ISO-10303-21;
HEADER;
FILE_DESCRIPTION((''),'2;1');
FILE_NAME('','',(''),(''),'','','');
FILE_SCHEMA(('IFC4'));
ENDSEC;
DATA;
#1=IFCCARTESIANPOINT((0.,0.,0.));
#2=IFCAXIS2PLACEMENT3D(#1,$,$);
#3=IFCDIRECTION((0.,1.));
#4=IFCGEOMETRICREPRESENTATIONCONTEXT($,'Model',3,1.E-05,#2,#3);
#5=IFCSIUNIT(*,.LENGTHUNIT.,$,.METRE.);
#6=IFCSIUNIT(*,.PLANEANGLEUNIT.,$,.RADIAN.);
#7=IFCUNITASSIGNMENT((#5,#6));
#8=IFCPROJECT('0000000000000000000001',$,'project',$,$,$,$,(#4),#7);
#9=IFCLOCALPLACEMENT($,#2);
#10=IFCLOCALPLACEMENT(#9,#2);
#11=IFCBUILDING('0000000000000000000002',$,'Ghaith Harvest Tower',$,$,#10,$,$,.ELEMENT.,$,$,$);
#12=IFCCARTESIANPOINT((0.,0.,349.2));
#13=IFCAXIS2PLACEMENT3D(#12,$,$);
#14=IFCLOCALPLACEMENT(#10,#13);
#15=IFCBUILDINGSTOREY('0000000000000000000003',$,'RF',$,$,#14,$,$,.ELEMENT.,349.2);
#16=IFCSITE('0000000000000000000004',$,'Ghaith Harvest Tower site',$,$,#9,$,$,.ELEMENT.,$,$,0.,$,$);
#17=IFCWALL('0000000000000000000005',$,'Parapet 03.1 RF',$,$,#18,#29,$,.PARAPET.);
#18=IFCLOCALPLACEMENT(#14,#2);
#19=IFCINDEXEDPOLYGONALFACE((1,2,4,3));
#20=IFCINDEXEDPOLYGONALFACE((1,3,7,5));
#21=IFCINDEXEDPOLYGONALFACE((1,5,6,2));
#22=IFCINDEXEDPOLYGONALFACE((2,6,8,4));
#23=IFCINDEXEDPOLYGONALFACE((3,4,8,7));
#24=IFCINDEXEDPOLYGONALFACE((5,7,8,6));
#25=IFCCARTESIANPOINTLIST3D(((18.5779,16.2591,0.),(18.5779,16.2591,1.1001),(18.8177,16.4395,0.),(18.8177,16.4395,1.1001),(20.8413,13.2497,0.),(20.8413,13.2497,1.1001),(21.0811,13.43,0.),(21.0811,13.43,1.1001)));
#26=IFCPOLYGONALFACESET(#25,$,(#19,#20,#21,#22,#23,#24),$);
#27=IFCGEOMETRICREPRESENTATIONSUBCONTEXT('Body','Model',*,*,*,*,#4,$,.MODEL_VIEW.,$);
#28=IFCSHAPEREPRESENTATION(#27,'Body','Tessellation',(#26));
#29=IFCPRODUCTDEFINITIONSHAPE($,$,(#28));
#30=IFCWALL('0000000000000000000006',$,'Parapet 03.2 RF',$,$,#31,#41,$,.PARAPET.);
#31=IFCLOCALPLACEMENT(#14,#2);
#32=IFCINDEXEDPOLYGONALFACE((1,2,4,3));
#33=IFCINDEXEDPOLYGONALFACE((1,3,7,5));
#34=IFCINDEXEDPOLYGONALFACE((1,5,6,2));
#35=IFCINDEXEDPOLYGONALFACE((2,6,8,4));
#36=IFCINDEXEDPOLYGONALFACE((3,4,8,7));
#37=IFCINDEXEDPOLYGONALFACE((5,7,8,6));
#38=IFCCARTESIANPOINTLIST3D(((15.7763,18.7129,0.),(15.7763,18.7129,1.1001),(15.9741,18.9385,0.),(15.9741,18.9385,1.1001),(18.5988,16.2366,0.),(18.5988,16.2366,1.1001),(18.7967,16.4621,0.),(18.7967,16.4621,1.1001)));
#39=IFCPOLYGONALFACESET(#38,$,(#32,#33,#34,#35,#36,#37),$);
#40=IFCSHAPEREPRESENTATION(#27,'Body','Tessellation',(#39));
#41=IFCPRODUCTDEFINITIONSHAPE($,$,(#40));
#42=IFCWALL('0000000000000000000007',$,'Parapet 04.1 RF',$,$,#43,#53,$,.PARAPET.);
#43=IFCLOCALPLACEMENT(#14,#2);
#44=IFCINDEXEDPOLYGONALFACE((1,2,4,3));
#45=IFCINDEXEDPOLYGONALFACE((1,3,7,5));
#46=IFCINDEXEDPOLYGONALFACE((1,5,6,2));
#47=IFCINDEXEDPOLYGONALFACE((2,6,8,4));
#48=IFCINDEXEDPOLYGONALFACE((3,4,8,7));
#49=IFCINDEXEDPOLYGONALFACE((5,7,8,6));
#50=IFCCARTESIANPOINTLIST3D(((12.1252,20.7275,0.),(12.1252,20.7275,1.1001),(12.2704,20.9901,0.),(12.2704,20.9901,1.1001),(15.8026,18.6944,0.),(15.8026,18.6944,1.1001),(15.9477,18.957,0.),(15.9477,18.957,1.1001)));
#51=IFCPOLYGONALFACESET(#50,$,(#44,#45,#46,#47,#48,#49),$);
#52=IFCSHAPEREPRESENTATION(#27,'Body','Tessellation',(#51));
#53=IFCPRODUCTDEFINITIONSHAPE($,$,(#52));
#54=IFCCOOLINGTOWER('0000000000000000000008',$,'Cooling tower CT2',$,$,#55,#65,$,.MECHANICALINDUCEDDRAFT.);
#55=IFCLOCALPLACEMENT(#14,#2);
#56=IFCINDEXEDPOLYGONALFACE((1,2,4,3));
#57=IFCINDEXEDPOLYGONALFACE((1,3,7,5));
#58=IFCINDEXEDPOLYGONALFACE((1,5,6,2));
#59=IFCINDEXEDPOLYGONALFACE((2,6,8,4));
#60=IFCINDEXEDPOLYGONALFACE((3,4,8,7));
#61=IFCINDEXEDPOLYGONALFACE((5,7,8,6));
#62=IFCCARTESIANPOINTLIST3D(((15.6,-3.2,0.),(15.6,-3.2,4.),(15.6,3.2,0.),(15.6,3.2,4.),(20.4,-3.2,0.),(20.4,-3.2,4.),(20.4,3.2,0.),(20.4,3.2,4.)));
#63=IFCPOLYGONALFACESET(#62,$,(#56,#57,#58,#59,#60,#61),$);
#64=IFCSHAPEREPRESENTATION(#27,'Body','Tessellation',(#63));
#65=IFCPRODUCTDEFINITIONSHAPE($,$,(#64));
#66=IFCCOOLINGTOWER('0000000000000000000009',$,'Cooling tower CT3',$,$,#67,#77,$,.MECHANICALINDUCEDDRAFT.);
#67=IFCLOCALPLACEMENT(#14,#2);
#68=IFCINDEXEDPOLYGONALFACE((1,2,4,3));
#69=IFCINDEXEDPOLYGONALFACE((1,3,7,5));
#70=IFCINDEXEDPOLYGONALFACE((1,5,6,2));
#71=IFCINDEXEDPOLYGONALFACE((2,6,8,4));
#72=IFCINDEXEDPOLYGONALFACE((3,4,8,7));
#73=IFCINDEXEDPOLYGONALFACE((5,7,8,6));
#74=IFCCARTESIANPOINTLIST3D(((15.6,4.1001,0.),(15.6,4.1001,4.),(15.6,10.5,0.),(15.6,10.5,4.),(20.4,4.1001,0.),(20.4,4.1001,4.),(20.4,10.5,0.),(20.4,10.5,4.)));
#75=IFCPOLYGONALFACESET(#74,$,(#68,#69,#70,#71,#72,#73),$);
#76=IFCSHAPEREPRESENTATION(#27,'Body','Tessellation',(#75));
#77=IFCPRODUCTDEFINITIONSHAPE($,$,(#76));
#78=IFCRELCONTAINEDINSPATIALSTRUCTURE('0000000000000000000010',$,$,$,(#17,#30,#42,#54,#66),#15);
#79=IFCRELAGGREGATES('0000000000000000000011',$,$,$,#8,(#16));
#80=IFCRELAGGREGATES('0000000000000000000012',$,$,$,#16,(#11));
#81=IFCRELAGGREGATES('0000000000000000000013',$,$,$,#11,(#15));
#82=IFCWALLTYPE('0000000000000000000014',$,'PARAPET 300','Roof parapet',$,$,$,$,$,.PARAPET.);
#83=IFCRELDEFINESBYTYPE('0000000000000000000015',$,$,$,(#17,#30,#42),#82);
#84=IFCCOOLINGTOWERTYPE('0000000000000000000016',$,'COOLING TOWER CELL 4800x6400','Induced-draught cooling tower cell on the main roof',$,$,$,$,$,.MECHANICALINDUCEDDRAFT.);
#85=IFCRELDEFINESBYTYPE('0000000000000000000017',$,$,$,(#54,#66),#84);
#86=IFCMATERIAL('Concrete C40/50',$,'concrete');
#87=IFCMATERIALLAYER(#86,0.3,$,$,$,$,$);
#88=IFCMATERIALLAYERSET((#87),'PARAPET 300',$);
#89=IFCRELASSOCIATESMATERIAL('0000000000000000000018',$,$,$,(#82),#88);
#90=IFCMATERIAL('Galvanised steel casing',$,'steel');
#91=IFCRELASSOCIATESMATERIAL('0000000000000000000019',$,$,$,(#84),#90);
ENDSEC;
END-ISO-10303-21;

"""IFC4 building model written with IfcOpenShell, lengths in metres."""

from ifc_helpers import new_model, si_unit, direction, frame, frame_2d, origin, origin_2d, place, context, subcontext, project, spatial, rectangle, extrude, material, layer, layer_set, type_object, element, save


model = new_model("IFC4")

# Units and contexts
model_context = context("Model", 3, precision=1e-05, world=origin(), true_north=direction((0.0, 1.0)))
body_context = subcontext(model_context, "Body", "Model", "MODEL_VIEW")
ifc_project = project(units=[si_unit("LENGTHUNIT", "METRE"), si_unit("PLANEANGLEUNIT", "RADIAN")], contexts=[model_context])

# Site, building, storey
site_placement = place(None, origin())
site = spatial("IfcSite", under=ifc_project, at=site_placement, Name="Ghaith Harvest Tower site", CompositionType="ELEMENT", RefElevation=0.0)
building_placement = place(site_placement, origin())
building = spatial("IfcBuilding", under=site, at=building_placement, Name="Ghaith Harvest Tower", CompositionType="ELEMENT")
storey_placement = place(building_placement, frame((0.0, 0.0, 349.2)))
storey = spatial("IfcBuildingStorey", under=building, at=storey_placement, Name="RF", CompositionType="ELEMENT", Elevation=349.2)

# Walls
ifc_material_1 = material(Name="Concrete C40/50", Category="concrete")
ifc_layer_1 = layer(ifc_material_1, 0.3)
ifc_layer_set_1 = layer_set([ifc_layer_1], Name="PARAPET 300")
wall_type_1 = type_object("IfcWallType", Name="PARAPET 300", Description="Roof parapet", PredefinedType="PARAPET", material=ifc_layer_set_1)
wall_1_placement = place(storey_placement, frame((20.9612, 13.3398, 0.0), z_axis=(0.0, 0.0, 1.0), x_axis=(-0.601068, 0.799198, 0.0)))
element("IfcWall", 1, at=wall_1_placement, inside=storey, type_object=wall_type_1, Name="Parapet 03.1 RF", PredefinedType="PARAPET", context=body_context, shape_type="SweptSolid", body=[
    extrude(rectangle(XDim=3.7656, YDim=0.3, at=frame_2d((1.8828, 0.0))), origin(), (0.0, 0.0, 1.0), 1.1001),
])
wall_2_placement = place(storey_placement, frame((18.6978, 16.3494, 0.0), z_axis=(0.0, 0.0, 1.0), x_axis=(-0.751702, 0.659503, 0.0)))
element("IfcWall", 2, at=wall_2_placement, inside=storey, type_object=wall_type_1, Name="Parapet 03.2 RF", PredefinedType="PARAPET", context=body_context, shape_type="SweptSolid", body=[
    extrude(rectangle(XDim=3.7549, YDim=0.3, at=frame_2d((1.8774, 0.0))), origin(), (0.0, 0.0, 1.0), 1.1001),
])
wall_3_placement = place(storey_placement, frame((15.8752, 18.8257, 0.0), z_axis=(0.0, 0.0, 1.0), x_axis=(-0.875161, 0.483831, 0.0)))
element("IfcWall", 3, at=wall_3_placement, inside=storey, type_object=wall_type_1, Name="Parapet 04.1 RF", PredefinedType="PARAPET", context=body_context, shape_type="SweptSolid", body=[
    extrude(rectangle(XDim=4.2019, YDim=0.3, at=frame_2d((2.1011, 0.0))), origin(), (0.0, 0.0, 1.0), 1.1001),
])

# Cooling towers
ifc_material_2 = material(Name="Galvanised steel casing", Category="steel")
cooling_tower_type = type_object("IfcCoolingTowerType", Name="COOLING TOWER CELL 4800x6400", Description="Induced-draught cooling tower cell on the main roof", PredefinedType="MECHANICALINDUCEDDRAFT", material=ifc_material_2)
for number, where, z_axis, x_axis, name in (
    (4, (18.0, 0.0, 0.0), (0.0, 0.0, 1.0), (1.0, 0.0, 0.0), "Cooling tower CT2"),
    (5, (18.0, 7.3, 0.0), (0.0, 0.0, 1.0), (1.0, 0.0, 0.0), "Cooling tower CT3"),
):
    element("IfcCoolingTower", number, at=place(storey_placement, frame(where, z_axis=z_axis, x_axis=x_axis)), inside=storey, type_object=cooling_tower_type, Name=name, PredefinedType="MECHANICALINDUCEDDRAFT", context=body_context, shape_type="SweptSolid", body=[
        extrude(rectangle(XDim=4.8, YDim=6.3999, at=origin_2d()), origin(), (0.0, 0.0, 1.0), 4.0),
    ])

save(model, "model.ifc")
